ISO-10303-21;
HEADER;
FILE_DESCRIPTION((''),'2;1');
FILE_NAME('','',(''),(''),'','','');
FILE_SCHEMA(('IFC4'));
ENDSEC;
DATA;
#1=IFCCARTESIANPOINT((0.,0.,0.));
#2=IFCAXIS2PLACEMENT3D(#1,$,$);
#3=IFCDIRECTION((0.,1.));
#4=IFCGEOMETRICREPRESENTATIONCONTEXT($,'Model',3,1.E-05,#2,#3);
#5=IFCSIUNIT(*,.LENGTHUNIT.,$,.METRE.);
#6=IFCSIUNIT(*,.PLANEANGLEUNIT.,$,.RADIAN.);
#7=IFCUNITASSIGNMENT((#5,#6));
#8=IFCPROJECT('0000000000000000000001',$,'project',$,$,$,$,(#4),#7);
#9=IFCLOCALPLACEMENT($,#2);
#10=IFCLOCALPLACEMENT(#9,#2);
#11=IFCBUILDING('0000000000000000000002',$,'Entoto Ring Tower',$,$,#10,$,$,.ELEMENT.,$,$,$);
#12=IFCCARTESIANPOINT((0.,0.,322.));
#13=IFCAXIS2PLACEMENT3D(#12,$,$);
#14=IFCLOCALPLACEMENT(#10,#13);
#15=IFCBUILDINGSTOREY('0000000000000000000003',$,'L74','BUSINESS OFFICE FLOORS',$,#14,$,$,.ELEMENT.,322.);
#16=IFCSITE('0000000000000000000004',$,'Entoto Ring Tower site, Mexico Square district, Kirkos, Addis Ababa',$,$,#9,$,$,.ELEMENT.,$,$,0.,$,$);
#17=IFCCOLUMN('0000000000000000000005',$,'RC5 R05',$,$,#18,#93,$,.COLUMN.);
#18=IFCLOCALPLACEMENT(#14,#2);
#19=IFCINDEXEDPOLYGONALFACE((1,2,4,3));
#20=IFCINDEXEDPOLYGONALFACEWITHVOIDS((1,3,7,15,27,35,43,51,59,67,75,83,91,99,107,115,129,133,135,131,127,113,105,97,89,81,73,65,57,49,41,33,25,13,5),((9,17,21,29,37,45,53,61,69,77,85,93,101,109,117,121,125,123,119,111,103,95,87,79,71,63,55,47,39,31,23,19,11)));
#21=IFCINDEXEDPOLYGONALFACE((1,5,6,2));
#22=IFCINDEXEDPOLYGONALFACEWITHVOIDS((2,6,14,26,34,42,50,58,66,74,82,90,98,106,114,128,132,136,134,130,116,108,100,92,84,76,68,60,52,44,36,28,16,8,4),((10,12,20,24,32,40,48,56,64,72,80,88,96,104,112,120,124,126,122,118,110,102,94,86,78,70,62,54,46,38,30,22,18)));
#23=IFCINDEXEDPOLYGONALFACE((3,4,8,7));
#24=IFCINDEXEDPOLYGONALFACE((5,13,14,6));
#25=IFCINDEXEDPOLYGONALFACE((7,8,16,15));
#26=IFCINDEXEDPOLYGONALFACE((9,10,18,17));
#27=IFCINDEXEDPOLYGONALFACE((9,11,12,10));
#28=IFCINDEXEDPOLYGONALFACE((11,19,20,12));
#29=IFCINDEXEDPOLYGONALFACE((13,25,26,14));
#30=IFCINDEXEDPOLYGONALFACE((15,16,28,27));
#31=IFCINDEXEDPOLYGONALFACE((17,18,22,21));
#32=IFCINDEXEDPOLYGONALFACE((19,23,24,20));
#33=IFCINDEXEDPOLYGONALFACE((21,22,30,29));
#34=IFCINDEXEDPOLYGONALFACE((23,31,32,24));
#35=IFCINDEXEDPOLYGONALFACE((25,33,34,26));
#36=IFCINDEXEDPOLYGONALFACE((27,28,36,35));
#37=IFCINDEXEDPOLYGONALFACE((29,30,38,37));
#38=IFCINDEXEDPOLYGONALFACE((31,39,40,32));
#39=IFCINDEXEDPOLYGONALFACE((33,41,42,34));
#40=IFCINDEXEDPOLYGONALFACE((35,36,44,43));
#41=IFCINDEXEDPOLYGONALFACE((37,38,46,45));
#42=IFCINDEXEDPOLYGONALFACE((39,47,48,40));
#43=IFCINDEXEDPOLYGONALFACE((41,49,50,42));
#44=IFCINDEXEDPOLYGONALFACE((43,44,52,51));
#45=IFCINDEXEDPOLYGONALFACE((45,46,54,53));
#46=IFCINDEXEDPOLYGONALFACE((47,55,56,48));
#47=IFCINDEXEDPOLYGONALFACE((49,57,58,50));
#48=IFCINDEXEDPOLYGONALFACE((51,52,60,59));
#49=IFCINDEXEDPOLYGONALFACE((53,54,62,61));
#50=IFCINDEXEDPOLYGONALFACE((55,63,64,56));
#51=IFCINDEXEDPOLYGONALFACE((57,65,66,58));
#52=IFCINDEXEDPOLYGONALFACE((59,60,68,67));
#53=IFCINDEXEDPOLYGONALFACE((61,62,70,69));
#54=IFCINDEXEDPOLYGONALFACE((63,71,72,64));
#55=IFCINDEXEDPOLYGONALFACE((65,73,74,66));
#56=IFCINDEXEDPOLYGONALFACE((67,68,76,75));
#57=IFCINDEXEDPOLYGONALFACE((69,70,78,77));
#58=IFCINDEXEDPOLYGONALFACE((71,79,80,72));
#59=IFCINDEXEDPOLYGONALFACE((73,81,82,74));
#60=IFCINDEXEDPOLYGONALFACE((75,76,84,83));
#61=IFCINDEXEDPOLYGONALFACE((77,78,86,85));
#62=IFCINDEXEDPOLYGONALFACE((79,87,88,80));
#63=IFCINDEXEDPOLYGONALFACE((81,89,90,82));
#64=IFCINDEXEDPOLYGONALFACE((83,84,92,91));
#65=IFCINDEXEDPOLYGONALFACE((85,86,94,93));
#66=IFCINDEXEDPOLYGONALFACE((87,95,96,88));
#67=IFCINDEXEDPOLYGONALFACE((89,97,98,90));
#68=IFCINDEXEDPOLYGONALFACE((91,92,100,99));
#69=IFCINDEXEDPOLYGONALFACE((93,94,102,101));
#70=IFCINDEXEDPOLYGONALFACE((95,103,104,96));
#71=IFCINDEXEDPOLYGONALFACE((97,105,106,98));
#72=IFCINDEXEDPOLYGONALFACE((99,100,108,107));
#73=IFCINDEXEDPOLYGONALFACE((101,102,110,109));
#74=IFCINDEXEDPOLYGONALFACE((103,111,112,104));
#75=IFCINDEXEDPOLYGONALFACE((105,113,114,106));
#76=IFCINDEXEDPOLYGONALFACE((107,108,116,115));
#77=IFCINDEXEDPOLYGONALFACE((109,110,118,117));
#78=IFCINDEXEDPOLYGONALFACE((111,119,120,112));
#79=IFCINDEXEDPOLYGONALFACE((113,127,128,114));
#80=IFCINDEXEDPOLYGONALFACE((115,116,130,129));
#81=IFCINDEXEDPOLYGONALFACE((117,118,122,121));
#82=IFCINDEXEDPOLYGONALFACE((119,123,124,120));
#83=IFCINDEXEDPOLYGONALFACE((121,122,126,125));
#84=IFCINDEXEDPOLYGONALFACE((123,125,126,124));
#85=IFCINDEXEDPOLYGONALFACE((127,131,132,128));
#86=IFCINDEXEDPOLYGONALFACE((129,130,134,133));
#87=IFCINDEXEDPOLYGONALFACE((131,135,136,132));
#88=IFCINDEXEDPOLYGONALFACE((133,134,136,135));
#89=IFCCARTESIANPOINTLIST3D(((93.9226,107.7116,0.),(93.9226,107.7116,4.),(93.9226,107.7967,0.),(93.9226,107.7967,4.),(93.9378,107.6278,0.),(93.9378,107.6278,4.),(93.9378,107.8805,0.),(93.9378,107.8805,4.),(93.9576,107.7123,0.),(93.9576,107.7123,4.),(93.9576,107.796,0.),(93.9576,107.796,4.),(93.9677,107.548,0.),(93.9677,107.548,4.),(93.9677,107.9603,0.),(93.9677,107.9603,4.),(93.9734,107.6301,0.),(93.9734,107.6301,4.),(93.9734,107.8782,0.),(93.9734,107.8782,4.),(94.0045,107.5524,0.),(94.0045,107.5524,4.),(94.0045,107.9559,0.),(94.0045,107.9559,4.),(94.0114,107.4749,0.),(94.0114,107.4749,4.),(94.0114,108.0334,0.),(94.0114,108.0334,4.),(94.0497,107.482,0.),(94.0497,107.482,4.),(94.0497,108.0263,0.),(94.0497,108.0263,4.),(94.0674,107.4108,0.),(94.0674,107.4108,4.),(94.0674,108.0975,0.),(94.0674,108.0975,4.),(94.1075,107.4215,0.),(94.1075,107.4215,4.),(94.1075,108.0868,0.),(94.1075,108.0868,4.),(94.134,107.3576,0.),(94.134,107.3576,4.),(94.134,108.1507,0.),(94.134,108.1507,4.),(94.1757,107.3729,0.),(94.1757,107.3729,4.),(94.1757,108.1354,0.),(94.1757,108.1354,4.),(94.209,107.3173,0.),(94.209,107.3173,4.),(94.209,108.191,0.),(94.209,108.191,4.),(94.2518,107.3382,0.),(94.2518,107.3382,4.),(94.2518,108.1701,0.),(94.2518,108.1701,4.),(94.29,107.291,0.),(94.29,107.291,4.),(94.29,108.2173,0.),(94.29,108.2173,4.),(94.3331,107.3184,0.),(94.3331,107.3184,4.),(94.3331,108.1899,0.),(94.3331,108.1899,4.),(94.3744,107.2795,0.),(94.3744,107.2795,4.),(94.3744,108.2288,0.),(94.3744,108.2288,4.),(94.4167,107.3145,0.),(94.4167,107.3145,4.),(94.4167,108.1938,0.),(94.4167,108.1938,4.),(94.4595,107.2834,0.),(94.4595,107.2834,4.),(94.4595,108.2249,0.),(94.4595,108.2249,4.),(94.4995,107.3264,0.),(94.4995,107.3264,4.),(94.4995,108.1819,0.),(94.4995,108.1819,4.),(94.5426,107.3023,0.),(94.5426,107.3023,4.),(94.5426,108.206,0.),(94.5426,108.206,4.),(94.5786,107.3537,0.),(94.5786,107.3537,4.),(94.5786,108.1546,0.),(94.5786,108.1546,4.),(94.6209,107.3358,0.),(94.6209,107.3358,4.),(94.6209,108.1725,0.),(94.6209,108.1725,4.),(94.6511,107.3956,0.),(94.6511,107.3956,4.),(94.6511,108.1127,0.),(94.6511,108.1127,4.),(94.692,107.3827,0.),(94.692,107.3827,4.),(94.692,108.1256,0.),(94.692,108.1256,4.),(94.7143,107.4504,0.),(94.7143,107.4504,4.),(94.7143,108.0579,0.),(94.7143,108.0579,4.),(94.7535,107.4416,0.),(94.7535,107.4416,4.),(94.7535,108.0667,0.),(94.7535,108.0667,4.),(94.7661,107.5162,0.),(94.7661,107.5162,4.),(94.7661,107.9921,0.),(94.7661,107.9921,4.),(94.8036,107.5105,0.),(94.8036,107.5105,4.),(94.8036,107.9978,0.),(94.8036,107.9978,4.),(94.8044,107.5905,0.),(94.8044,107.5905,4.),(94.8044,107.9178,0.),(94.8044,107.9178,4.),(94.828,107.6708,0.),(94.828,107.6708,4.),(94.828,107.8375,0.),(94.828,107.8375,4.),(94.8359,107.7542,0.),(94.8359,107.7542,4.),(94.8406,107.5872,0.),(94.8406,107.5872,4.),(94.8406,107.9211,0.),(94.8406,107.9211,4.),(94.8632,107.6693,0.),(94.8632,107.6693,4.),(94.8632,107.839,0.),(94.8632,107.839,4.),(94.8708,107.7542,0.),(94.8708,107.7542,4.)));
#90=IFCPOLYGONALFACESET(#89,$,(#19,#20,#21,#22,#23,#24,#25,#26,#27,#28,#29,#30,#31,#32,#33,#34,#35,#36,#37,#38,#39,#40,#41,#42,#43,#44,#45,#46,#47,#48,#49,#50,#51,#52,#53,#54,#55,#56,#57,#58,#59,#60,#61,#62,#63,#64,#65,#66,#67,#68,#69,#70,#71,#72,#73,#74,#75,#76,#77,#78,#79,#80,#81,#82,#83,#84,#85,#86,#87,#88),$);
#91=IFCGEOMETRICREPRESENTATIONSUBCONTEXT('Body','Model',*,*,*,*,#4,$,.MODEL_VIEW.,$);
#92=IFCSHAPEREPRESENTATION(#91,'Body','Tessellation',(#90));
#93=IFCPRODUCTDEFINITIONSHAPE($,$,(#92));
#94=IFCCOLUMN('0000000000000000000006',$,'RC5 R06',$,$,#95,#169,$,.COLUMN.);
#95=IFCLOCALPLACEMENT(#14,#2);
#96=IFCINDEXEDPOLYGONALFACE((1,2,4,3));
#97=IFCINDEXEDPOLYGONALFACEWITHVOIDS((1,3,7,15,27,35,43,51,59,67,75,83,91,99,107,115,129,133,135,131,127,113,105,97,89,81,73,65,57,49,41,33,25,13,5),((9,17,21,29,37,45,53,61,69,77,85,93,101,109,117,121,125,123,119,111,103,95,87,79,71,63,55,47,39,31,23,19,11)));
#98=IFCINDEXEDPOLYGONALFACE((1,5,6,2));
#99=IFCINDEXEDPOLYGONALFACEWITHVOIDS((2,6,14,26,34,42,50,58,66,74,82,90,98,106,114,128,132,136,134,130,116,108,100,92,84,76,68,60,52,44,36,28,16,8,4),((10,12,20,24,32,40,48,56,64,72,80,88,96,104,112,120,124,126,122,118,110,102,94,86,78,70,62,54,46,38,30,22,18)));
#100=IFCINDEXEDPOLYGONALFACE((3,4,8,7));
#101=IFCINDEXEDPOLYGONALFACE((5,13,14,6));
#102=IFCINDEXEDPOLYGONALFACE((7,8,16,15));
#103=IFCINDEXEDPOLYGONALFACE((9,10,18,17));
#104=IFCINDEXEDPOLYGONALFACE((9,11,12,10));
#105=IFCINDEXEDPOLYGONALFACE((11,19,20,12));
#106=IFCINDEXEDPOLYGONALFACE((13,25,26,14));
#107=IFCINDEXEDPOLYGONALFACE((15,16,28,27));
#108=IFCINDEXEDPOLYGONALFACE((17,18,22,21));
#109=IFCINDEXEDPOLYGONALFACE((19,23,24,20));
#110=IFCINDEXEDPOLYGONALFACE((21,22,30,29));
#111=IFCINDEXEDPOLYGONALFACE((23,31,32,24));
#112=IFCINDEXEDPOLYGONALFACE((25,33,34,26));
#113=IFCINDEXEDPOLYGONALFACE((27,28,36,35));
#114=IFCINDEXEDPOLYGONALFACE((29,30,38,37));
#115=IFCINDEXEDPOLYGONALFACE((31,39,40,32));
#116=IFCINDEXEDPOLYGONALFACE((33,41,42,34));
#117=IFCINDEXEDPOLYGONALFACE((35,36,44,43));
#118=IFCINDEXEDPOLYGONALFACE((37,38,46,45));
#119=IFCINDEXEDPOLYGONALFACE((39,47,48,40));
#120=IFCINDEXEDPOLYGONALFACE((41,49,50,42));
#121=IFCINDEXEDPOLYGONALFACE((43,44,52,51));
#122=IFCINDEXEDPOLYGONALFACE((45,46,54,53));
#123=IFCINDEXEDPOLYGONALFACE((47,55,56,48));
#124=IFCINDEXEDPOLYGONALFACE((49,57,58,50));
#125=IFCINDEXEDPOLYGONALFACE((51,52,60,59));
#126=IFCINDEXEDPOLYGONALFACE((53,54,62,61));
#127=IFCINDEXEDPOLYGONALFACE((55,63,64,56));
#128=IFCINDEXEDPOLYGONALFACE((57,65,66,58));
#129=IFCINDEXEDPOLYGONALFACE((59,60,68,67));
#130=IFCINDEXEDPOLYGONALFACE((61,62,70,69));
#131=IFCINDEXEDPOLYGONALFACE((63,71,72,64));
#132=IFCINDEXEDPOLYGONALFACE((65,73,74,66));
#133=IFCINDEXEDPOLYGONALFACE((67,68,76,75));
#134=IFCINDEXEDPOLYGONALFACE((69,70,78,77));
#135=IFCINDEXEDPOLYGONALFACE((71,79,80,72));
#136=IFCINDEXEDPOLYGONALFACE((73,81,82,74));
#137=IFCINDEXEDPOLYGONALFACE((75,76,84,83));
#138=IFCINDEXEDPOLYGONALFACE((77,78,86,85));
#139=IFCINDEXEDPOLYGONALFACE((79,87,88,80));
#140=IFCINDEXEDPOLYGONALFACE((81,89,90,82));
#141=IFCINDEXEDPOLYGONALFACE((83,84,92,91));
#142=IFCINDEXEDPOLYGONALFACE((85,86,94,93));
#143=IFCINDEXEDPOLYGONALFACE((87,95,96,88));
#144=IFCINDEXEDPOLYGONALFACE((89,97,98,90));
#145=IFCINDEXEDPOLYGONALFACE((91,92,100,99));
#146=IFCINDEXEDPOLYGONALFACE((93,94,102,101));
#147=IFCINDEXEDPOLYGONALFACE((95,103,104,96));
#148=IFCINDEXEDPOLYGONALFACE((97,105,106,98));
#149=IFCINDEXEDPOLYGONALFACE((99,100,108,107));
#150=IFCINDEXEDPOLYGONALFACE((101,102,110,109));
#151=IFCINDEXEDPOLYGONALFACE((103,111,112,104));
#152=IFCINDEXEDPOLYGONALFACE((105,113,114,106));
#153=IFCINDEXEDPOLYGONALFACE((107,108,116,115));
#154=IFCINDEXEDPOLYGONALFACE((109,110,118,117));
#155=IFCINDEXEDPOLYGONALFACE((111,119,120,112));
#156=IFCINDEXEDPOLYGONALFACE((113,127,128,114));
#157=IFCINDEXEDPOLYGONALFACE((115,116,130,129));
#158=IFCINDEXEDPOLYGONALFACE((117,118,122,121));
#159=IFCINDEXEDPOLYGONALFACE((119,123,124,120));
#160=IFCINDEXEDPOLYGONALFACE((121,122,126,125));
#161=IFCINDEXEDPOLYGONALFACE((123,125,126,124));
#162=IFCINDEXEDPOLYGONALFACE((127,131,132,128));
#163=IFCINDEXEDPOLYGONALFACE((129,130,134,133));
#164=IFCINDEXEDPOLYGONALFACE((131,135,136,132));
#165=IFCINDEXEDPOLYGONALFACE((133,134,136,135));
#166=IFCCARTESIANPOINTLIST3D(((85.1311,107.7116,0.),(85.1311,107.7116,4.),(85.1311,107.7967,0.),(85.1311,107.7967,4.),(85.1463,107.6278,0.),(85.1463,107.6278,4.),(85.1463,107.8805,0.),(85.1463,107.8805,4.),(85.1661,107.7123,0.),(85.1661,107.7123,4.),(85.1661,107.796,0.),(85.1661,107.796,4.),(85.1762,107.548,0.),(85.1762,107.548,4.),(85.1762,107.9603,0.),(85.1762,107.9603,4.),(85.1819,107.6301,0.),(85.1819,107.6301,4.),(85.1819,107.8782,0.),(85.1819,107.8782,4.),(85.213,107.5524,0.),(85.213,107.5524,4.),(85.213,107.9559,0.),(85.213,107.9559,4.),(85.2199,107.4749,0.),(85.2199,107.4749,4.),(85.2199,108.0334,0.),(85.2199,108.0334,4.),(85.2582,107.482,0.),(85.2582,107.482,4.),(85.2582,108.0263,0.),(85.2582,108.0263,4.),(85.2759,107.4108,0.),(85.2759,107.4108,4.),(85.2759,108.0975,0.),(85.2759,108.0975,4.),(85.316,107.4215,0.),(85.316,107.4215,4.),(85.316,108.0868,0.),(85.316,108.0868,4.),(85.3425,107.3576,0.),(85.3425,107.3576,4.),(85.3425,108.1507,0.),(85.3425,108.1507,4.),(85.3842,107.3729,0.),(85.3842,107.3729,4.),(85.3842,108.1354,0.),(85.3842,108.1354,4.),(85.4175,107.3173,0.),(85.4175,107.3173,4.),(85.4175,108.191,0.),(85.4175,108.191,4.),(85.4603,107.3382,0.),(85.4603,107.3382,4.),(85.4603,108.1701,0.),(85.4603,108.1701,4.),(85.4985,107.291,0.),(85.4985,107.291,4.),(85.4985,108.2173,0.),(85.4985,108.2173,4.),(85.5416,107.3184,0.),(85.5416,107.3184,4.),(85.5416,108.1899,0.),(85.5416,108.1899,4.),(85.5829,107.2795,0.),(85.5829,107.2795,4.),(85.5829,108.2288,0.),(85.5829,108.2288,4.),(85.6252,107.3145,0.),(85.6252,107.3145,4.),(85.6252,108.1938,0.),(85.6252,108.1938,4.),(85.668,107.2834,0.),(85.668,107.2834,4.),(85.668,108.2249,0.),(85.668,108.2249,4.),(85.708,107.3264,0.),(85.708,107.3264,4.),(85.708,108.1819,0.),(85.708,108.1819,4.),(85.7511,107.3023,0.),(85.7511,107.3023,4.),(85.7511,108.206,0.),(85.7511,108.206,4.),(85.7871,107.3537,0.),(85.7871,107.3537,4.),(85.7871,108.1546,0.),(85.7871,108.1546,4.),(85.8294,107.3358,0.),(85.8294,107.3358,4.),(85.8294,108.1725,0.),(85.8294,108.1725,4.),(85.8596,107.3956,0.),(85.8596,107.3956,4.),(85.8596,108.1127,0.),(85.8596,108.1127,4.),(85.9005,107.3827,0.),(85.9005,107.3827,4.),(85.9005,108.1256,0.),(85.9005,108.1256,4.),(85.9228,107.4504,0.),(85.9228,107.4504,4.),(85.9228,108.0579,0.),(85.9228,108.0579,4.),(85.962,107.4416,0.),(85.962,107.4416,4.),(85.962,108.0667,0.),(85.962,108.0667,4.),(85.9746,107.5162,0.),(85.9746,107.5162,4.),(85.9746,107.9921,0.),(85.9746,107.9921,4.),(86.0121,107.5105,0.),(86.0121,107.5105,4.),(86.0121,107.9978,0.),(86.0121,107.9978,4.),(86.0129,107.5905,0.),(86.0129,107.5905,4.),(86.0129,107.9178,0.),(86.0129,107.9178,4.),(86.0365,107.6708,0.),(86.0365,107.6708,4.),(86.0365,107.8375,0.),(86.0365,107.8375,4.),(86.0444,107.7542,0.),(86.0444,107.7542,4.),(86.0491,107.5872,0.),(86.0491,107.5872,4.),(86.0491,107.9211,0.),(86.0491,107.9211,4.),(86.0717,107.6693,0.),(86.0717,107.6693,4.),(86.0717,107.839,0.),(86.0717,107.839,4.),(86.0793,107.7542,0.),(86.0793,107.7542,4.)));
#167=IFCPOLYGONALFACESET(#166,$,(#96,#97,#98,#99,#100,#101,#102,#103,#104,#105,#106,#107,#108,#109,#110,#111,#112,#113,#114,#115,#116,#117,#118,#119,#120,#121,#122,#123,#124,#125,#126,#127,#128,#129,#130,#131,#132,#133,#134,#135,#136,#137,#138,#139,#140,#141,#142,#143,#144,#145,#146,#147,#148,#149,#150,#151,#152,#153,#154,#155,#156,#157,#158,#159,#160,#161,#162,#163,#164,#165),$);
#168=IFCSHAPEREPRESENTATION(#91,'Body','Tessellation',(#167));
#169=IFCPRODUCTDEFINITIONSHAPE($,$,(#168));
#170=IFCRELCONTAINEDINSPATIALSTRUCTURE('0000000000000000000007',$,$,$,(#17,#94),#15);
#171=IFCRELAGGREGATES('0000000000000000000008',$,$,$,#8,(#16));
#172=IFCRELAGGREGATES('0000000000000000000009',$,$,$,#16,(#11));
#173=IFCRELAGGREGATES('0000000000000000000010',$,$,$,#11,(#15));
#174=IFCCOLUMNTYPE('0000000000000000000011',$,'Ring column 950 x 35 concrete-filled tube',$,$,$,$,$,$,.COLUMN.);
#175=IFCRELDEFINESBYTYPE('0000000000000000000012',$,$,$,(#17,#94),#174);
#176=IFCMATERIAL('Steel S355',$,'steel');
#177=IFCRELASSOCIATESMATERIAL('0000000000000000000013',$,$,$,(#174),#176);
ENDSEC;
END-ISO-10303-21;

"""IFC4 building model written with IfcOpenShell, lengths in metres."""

from ifc_helpers import new_model, si_unit, direction, frame, origin, origin_2d, place, context, subcontext, project, spatial, circle, hollow_circle, extrude, material, material_profile, profile_set, type_object, element, save


model = new_model("IFC4")

# Units and contexts
model_context = context("Model", 3, precision=1e-05, world=origin(), true_north=direction((0.0, 1.0)))
body_context = subcontext(model_context, "Body", "Model", "MODEL_VIEW")
ifc_project = project(units=[si_unit("LENGTHUNIT", "METRE"), si_unit("PLANEANGLEUNIT", "RADIAN")], contexts=[model_context])

# Site, building, storey
site_placement = place(None, origin())
site = spatial("IfcSite", under=ifc_project, at=site_placement, Name="Entoto Ring Tower site, Mexico Square district, Kirkos, Addis Ababa", CompositionType="ELEMENT", RefElevation=0.0)
building_placement = place(site_placement, origin())
building = spatial("IfcBuilding", under=site, at=building_placement, Name="Entoto Ring Tower", CompositionType="ELEMENT")
storey_placement = place(building_placement, frame((0.0, 0.0, 322.0)))
storey = spatial("IfcBuildingStorey", under=building, at=storey_placement, Name="L74", Description="BUSINESS OFFICE FLOORS", CompositionType="ELEMENT", Elevation=322.0)

# Columns
ifc_material_1 = material(Name="Steel S355", Category="steel")
ifc_material_profile_1 = material_profile(ifc_material_1, hollow_circle(Radius=0.4751, WallThickness=0.0349, at=origin_2d()), Name="CHS 950 x 35")
ifc_material_2 = material(Name="Concrete C60/75", Category="concrete")
ifc_material_profile_2 = material_profile(ifc_material_2, circle(Radius=0.4399, at=origin_2d()), Name="Concrete C60/75 infill")
ifc_profile_set_1 = profile_set([ifc_material_profile_1, ifc_material_profile_2], Name="Steel S355")
column_type = type_object("IfcColumnType", Name="Ring column 950 x 35 concrete-filled tube", PredefinedType="COLUMN", material=ifc_profile_set_1)
for number, where, z_axis, x_axis, name in (
    (1, (94.3958, 107.7542, 0.0), (0.0, 0.0, 1.0), (1.0, 0.0, 0.0), "RC5 R05"),
    (2, (85.6042, 107.7542, 0.0), (0.0, 0.0, 1.0), (1.0, 0.0, 0.0), "RC5 R06"),
):
    element("IfcColumn", number, at=place(storey_placement, frame(where, z_axis=z_axis, x_axis=x_axis)), inside=storey, type_object=column_type, Name=name, PredefinedType="COLUMN", context=body_context, shape_type="SweptSolid", body=[
        extrude(hollow_circle(Radius=0.4751, WallThickness=0.0349, at=origin_2d()), origin(), (0.0, 0.0, 1.0), 4.0),
    ])

save(model, "model.ifc")
